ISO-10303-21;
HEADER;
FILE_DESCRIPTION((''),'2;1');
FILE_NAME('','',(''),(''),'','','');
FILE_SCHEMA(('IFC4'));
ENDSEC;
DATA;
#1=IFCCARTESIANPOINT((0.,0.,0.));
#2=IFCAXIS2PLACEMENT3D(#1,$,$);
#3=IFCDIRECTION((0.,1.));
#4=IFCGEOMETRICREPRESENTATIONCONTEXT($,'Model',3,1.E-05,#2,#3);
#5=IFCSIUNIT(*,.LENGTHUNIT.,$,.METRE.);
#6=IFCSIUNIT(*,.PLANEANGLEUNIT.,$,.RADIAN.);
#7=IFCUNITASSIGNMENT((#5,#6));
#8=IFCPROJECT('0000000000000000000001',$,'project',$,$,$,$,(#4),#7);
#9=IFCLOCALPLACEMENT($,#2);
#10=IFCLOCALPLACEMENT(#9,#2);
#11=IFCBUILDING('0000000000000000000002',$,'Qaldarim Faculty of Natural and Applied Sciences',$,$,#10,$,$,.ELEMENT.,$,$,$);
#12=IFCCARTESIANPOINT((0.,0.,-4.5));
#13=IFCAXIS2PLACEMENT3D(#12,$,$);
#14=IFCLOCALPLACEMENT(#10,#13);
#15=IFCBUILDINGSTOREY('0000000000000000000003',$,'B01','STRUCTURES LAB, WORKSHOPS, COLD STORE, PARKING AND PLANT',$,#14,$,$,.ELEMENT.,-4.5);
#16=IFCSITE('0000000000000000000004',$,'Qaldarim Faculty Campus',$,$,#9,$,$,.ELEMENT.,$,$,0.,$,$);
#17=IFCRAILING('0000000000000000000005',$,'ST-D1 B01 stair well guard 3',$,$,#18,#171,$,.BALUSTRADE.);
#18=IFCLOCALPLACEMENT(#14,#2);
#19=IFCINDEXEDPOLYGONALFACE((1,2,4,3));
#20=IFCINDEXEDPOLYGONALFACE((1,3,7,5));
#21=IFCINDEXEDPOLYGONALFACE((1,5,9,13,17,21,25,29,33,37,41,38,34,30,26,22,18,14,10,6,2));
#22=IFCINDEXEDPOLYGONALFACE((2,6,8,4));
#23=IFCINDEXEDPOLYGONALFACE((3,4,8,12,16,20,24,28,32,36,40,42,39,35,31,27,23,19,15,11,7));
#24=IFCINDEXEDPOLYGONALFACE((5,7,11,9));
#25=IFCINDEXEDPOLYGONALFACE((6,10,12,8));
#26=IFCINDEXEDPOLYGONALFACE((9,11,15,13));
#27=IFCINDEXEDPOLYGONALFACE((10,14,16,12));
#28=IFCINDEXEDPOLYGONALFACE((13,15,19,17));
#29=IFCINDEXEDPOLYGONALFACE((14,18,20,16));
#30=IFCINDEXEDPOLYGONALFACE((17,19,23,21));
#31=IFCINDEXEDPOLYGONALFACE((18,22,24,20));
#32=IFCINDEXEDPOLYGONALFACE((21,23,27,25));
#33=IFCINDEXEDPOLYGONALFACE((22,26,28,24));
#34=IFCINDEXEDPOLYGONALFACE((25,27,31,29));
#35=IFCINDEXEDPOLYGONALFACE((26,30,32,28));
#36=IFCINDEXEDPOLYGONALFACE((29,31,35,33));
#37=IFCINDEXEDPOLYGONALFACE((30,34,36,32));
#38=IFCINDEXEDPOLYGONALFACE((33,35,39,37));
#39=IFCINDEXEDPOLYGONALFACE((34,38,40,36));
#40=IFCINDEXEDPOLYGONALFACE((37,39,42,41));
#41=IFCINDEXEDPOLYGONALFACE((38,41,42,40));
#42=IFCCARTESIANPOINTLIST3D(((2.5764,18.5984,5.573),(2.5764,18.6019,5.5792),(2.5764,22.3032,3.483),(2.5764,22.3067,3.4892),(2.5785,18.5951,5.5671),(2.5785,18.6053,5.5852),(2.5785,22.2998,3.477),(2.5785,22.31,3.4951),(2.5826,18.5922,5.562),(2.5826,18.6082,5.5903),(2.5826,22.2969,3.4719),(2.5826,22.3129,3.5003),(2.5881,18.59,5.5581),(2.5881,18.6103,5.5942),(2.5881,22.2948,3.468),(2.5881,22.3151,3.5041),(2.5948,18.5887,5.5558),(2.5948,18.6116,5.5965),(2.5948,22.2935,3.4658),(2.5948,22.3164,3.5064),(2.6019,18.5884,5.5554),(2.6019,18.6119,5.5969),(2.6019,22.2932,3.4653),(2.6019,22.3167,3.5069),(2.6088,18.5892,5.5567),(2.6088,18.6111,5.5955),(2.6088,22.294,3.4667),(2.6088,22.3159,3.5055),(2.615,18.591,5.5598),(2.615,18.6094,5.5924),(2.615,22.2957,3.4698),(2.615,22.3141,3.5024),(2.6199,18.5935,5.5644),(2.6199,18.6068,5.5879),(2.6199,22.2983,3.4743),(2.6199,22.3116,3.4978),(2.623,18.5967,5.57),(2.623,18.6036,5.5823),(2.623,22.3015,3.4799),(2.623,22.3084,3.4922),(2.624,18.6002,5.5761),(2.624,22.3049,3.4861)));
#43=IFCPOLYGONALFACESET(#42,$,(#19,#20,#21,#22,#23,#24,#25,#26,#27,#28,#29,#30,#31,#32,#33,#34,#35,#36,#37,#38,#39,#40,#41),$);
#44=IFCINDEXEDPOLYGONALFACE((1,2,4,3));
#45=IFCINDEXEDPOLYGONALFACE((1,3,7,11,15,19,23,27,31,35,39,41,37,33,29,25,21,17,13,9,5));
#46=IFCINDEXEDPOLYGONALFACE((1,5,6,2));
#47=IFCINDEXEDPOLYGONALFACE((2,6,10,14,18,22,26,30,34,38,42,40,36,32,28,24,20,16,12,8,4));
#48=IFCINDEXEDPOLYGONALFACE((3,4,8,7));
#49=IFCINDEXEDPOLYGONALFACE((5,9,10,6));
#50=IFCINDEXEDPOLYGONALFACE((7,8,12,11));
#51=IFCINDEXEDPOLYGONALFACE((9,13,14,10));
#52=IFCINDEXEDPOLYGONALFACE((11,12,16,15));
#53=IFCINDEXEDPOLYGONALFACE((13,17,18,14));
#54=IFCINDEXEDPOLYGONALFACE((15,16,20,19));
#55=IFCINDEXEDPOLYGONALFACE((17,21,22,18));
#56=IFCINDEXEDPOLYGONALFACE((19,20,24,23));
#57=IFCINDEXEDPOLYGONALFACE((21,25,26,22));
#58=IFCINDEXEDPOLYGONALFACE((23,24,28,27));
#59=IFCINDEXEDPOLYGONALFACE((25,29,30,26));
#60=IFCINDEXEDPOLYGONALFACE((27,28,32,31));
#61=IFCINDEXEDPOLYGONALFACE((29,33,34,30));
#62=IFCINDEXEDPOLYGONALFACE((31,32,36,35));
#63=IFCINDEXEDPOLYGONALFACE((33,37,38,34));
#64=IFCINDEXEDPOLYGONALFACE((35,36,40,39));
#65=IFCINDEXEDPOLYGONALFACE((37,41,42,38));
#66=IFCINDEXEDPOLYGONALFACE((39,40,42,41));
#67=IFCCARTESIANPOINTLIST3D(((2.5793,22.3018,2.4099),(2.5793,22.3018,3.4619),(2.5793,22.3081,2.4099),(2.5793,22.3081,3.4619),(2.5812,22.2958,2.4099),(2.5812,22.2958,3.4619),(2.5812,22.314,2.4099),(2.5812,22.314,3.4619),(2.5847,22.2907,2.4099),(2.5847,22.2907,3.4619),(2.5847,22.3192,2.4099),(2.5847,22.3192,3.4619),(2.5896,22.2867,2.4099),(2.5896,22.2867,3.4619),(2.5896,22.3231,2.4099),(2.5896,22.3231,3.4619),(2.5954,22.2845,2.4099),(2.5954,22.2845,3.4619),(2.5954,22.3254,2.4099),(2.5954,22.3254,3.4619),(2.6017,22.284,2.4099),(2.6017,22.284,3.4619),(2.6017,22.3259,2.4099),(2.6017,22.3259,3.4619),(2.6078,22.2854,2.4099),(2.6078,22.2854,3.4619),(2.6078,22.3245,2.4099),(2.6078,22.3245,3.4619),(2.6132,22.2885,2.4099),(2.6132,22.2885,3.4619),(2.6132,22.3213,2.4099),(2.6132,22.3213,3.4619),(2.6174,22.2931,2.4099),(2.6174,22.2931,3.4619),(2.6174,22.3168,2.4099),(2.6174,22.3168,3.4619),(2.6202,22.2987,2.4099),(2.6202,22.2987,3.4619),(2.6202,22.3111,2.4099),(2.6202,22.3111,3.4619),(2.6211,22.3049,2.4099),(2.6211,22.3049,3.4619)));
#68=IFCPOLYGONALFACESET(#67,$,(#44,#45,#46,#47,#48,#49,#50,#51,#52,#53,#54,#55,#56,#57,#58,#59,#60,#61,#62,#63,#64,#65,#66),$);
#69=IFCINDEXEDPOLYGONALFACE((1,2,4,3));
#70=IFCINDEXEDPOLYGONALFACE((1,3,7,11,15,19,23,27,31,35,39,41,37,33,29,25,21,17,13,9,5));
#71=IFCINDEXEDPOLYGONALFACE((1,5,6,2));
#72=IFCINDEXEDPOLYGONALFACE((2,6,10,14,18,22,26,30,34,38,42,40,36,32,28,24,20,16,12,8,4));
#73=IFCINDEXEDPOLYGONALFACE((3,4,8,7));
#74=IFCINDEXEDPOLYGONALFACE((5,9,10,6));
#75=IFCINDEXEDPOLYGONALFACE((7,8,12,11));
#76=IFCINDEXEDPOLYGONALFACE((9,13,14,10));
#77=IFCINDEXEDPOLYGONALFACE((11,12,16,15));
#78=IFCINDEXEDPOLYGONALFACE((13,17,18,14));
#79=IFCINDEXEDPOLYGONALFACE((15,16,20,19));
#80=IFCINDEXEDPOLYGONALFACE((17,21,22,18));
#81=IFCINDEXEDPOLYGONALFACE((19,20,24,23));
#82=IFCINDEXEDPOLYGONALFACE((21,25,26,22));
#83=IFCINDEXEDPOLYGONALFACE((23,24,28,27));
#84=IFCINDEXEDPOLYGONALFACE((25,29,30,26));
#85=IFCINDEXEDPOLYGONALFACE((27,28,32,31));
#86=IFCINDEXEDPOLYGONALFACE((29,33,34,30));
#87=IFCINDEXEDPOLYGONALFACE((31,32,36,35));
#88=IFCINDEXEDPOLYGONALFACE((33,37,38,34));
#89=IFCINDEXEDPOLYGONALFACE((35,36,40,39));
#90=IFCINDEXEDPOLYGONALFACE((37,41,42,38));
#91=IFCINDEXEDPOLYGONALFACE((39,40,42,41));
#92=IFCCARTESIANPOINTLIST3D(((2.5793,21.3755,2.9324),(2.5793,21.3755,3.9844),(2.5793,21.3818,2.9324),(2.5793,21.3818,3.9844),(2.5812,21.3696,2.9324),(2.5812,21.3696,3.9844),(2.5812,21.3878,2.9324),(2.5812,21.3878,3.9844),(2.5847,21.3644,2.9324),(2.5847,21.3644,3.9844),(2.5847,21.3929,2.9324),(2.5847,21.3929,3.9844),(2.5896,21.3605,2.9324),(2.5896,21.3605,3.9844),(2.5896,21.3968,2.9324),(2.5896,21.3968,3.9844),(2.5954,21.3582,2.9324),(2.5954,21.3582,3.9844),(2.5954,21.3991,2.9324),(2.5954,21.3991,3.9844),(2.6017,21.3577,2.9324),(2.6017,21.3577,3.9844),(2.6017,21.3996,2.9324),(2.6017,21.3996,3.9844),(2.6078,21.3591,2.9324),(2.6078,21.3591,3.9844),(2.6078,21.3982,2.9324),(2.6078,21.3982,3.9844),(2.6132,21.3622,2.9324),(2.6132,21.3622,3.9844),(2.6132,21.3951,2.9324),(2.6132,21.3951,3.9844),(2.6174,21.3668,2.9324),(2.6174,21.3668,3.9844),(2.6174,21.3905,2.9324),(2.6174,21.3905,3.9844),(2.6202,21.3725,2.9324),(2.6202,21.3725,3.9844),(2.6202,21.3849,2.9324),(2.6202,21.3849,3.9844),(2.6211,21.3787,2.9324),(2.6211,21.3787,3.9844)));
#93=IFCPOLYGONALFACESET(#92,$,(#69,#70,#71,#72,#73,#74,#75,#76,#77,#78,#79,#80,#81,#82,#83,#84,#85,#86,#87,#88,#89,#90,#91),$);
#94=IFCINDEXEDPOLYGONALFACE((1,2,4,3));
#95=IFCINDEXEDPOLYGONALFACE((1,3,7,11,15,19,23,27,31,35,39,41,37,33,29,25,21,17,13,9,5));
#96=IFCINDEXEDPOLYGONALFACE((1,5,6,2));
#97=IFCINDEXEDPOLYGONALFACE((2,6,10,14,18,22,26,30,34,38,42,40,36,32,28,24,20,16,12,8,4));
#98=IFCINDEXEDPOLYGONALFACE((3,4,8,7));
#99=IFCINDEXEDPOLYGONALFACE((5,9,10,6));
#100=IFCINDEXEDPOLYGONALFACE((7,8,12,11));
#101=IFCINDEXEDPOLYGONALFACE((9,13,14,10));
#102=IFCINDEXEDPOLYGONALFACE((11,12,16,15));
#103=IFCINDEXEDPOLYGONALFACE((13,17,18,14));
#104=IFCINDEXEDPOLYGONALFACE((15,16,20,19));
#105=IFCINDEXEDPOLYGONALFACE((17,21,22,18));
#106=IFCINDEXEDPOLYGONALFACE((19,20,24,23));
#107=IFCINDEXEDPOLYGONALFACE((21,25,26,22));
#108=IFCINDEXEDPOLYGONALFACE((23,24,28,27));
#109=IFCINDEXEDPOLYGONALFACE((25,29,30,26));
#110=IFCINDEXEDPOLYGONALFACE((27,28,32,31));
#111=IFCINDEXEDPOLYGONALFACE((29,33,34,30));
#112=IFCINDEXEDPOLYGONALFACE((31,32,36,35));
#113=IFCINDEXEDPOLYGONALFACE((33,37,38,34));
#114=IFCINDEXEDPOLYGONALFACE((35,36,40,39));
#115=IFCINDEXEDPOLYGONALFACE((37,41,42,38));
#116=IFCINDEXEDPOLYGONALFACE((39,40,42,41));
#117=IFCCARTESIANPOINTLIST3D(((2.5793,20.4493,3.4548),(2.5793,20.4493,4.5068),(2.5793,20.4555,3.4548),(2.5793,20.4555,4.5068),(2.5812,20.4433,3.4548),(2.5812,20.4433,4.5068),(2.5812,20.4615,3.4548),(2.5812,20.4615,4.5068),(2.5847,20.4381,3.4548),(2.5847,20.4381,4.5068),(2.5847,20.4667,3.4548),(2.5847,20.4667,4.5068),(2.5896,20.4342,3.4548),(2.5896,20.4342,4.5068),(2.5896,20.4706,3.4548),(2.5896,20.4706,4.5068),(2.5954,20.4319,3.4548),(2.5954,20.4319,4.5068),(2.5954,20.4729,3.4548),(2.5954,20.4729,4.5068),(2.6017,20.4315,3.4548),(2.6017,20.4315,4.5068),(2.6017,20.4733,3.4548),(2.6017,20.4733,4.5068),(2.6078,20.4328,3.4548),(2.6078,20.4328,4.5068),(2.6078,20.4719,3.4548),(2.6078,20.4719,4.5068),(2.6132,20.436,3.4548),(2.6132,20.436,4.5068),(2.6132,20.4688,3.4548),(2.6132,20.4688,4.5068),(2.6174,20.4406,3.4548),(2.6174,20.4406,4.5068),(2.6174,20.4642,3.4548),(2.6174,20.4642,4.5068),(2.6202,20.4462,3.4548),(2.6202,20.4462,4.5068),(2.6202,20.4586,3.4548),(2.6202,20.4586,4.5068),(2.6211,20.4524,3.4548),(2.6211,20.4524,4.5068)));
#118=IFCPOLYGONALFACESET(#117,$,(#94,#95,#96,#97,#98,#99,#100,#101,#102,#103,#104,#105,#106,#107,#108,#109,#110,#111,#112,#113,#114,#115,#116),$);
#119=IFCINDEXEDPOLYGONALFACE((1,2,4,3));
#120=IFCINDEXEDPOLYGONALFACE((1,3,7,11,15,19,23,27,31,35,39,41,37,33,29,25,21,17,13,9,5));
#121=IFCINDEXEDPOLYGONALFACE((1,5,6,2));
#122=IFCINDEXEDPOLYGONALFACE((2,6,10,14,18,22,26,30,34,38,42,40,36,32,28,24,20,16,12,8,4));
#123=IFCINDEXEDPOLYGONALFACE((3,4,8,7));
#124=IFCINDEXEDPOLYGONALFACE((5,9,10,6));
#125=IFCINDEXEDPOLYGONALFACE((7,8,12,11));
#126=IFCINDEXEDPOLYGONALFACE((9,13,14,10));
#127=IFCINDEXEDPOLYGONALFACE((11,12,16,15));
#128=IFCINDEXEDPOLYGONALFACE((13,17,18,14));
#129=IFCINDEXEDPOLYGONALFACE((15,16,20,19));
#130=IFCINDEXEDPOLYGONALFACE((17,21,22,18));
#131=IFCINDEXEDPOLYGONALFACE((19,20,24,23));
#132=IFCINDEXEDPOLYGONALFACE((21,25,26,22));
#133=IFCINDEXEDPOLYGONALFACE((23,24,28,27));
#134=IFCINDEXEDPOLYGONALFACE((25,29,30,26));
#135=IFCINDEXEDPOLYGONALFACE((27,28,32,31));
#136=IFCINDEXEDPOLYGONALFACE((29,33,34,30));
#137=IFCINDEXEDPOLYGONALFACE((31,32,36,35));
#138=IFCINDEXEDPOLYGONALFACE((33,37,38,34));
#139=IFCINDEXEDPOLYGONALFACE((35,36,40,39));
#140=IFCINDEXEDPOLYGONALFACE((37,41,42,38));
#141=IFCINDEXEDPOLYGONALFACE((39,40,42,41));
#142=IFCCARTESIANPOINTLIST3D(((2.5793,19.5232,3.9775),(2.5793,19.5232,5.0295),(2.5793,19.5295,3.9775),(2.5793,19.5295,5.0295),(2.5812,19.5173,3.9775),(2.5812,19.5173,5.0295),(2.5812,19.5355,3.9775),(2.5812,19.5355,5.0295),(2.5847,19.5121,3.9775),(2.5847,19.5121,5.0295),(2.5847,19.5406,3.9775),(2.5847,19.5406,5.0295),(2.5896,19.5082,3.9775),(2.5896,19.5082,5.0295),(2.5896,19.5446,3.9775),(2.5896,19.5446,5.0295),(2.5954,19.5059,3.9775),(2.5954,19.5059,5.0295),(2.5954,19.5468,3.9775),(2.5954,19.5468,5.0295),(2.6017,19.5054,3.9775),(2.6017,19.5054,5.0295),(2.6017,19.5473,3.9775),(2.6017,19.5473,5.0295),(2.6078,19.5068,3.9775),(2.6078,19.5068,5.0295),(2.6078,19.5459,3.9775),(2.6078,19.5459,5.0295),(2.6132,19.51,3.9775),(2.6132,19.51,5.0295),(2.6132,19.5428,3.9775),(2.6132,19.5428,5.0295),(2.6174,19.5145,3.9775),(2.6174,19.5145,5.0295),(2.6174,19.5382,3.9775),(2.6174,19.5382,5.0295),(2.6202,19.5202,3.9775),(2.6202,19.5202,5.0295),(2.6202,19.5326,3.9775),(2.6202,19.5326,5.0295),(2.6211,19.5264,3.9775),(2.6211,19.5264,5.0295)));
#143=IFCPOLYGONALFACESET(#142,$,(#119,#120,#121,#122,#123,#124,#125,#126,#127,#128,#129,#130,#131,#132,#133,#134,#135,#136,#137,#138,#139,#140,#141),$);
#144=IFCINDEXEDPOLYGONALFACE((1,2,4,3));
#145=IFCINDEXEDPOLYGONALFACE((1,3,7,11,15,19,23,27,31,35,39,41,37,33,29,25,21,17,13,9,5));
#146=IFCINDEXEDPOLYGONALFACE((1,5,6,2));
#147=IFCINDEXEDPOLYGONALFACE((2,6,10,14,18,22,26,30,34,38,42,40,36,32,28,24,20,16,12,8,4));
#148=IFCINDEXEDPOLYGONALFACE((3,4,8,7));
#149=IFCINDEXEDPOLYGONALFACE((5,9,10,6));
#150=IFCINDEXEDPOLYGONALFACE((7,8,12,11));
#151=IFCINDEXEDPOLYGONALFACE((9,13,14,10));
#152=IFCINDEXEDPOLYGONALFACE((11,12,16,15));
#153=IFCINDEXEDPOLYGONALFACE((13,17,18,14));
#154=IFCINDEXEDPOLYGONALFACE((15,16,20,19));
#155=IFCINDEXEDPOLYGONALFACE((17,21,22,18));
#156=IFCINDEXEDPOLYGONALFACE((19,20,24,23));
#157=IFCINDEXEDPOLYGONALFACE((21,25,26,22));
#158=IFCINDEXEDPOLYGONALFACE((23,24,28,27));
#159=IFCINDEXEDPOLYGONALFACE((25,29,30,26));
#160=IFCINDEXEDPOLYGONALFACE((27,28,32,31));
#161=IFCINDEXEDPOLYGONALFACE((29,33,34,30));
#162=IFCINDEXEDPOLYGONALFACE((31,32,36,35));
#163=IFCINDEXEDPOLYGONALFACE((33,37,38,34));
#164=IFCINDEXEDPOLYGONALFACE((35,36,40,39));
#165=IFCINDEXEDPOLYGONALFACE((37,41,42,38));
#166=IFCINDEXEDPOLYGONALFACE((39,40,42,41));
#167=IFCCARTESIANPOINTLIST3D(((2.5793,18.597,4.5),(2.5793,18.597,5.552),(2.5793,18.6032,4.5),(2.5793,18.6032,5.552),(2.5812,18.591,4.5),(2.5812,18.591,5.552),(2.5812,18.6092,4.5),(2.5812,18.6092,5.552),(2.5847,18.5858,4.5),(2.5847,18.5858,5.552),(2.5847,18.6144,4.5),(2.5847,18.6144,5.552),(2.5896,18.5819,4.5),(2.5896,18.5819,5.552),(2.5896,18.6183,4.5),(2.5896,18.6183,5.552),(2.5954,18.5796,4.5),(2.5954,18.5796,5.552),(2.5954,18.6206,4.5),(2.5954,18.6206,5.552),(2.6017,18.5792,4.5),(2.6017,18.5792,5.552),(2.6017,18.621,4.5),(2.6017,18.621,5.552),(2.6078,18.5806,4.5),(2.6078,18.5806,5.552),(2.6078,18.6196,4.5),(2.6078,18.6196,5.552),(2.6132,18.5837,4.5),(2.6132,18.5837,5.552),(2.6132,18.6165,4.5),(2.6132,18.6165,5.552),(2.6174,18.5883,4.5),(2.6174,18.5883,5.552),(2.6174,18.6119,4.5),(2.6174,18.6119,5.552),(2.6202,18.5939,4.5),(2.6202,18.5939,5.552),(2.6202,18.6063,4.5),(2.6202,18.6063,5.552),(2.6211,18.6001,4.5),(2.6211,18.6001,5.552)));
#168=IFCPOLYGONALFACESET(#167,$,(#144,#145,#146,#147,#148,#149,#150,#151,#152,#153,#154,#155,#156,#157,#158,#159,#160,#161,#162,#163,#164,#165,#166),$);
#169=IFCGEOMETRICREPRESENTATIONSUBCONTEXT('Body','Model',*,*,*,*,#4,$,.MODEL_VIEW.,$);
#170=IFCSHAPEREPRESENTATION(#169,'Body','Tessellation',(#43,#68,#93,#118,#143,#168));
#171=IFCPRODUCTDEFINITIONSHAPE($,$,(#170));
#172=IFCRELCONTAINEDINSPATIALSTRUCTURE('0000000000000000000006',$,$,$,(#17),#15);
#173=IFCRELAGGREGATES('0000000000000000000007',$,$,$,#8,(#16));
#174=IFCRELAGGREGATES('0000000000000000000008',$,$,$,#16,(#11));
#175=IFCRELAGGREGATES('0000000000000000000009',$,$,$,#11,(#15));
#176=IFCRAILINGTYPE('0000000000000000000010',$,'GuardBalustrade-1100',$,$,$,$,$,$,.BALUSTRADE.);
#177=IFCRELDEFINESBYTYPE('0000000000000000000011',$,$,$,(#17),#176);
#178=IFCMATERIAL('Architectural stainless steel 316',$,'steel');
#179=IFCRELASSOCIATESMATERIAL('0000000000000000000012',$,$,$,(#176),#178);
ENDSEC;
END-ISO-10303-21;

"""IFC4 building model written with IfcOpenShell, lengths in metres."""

from ifc_helpers import new_model, si_unit, direction, frame, origin, origin_2d, place, context, subcontext, project, spatial, circle, extrude, material, type_object, element, save


model = new_model("IFC4")

# Units and contexts
model_context = context("Model", 3, precision=1e-05, world=origin(), true_north=direction((0.0, 1.0)))
body_context = subcontext(model_context, "Body", "Model", "MODEL_VIEW")
ifc_project = project(units=[si_unit("LENGTHUNIT", "METRE"), si_unit("PLANEANGLEUNIT", "RADIAN")], contexts=[model_context])

# Site, building, storey
site_placement = place(None, origin())
site = spatial("IfcSite", under=ifc_project, at=site_placement, Name="Qaldarim Faculty Campus", CompositionType="ELEMENT", RefElevation=0.0)
building_placement = place(site_placement, origin())
building = spatial("IfcBuilding", under=site, at=building_placement, Name="Qaldarim Faculty of Natural and Applied Sciences", CompositionType="ELEMENT")
storey_placement = place(building_placement, frame((0.0, 0.0, -4.5)))
storey = spatial("IfcBuildingStorey", under=building, at=storey_placement, Name="B01", Description="STRUCTURES LAB, WORKSHOPS, COLD STORE, PARKING AND PLANT", CompositionType="ELEMENT", Elevation=-4.5)

# Railing
ifc_material_1 = material(Name="Architectural stainless steel 316", Category="steel")
railing_type_1 = type_object("IfcRailingType", Name="GuardBalustrade-1100", PredefinedType="BALUSTRADE", material=ifc_material_1)
railing_1_placement = place(storey_placement, frame((2.6001, 22.3049, 2.4099)))
element("IfcRailing", 1, at=railing_1_placement, inside=storey, type_object=railing_type_1, Name="ST-D1 B01 stair well guard 3", PredefinedType="BALUSTRADE", context=body_context, shape_type="SweptSolid", body=[
    extrude(circle(Radius=0.0239, at=origin_2d()), frame((0.0, 0.0, 1.0762), z_axis=(0.0, -0.87096, 0.491354), x_axis=(1.0, 0.0, 0.0)), (0.0, 0.0, 1.0), 4.2537),
    extrude(circle(Radius=0.021, at=origin_2d()), origin(), (0.0, 0.0, 1.0), 1.052),
    extrude(circle(Radius=0.021, at=origin_2d()), frame((0.0, -0.9263, 0.5225)), (0.0, 0.0, 1.0), 1.052),
    extrude(circle(Radius=0.021, at=origin_2d()), frame((0.0, -1.8525, 1.0449)), (0.0, 0.0, 1.0), 1.052),
    extrude(circle(Radius=0.021, at=origin_2d()), frame((0.0, -2.7786, 1.5676)), (0.0, 0.0, 1.0), 1.052),
    extrude(circle(Radius=0.021, at=origin_2d()), frame((0.0, -3.7048, 2.0901)), (0.0, 0.0, 1.0), 1.052),
])

save(model, "model.ifc")
